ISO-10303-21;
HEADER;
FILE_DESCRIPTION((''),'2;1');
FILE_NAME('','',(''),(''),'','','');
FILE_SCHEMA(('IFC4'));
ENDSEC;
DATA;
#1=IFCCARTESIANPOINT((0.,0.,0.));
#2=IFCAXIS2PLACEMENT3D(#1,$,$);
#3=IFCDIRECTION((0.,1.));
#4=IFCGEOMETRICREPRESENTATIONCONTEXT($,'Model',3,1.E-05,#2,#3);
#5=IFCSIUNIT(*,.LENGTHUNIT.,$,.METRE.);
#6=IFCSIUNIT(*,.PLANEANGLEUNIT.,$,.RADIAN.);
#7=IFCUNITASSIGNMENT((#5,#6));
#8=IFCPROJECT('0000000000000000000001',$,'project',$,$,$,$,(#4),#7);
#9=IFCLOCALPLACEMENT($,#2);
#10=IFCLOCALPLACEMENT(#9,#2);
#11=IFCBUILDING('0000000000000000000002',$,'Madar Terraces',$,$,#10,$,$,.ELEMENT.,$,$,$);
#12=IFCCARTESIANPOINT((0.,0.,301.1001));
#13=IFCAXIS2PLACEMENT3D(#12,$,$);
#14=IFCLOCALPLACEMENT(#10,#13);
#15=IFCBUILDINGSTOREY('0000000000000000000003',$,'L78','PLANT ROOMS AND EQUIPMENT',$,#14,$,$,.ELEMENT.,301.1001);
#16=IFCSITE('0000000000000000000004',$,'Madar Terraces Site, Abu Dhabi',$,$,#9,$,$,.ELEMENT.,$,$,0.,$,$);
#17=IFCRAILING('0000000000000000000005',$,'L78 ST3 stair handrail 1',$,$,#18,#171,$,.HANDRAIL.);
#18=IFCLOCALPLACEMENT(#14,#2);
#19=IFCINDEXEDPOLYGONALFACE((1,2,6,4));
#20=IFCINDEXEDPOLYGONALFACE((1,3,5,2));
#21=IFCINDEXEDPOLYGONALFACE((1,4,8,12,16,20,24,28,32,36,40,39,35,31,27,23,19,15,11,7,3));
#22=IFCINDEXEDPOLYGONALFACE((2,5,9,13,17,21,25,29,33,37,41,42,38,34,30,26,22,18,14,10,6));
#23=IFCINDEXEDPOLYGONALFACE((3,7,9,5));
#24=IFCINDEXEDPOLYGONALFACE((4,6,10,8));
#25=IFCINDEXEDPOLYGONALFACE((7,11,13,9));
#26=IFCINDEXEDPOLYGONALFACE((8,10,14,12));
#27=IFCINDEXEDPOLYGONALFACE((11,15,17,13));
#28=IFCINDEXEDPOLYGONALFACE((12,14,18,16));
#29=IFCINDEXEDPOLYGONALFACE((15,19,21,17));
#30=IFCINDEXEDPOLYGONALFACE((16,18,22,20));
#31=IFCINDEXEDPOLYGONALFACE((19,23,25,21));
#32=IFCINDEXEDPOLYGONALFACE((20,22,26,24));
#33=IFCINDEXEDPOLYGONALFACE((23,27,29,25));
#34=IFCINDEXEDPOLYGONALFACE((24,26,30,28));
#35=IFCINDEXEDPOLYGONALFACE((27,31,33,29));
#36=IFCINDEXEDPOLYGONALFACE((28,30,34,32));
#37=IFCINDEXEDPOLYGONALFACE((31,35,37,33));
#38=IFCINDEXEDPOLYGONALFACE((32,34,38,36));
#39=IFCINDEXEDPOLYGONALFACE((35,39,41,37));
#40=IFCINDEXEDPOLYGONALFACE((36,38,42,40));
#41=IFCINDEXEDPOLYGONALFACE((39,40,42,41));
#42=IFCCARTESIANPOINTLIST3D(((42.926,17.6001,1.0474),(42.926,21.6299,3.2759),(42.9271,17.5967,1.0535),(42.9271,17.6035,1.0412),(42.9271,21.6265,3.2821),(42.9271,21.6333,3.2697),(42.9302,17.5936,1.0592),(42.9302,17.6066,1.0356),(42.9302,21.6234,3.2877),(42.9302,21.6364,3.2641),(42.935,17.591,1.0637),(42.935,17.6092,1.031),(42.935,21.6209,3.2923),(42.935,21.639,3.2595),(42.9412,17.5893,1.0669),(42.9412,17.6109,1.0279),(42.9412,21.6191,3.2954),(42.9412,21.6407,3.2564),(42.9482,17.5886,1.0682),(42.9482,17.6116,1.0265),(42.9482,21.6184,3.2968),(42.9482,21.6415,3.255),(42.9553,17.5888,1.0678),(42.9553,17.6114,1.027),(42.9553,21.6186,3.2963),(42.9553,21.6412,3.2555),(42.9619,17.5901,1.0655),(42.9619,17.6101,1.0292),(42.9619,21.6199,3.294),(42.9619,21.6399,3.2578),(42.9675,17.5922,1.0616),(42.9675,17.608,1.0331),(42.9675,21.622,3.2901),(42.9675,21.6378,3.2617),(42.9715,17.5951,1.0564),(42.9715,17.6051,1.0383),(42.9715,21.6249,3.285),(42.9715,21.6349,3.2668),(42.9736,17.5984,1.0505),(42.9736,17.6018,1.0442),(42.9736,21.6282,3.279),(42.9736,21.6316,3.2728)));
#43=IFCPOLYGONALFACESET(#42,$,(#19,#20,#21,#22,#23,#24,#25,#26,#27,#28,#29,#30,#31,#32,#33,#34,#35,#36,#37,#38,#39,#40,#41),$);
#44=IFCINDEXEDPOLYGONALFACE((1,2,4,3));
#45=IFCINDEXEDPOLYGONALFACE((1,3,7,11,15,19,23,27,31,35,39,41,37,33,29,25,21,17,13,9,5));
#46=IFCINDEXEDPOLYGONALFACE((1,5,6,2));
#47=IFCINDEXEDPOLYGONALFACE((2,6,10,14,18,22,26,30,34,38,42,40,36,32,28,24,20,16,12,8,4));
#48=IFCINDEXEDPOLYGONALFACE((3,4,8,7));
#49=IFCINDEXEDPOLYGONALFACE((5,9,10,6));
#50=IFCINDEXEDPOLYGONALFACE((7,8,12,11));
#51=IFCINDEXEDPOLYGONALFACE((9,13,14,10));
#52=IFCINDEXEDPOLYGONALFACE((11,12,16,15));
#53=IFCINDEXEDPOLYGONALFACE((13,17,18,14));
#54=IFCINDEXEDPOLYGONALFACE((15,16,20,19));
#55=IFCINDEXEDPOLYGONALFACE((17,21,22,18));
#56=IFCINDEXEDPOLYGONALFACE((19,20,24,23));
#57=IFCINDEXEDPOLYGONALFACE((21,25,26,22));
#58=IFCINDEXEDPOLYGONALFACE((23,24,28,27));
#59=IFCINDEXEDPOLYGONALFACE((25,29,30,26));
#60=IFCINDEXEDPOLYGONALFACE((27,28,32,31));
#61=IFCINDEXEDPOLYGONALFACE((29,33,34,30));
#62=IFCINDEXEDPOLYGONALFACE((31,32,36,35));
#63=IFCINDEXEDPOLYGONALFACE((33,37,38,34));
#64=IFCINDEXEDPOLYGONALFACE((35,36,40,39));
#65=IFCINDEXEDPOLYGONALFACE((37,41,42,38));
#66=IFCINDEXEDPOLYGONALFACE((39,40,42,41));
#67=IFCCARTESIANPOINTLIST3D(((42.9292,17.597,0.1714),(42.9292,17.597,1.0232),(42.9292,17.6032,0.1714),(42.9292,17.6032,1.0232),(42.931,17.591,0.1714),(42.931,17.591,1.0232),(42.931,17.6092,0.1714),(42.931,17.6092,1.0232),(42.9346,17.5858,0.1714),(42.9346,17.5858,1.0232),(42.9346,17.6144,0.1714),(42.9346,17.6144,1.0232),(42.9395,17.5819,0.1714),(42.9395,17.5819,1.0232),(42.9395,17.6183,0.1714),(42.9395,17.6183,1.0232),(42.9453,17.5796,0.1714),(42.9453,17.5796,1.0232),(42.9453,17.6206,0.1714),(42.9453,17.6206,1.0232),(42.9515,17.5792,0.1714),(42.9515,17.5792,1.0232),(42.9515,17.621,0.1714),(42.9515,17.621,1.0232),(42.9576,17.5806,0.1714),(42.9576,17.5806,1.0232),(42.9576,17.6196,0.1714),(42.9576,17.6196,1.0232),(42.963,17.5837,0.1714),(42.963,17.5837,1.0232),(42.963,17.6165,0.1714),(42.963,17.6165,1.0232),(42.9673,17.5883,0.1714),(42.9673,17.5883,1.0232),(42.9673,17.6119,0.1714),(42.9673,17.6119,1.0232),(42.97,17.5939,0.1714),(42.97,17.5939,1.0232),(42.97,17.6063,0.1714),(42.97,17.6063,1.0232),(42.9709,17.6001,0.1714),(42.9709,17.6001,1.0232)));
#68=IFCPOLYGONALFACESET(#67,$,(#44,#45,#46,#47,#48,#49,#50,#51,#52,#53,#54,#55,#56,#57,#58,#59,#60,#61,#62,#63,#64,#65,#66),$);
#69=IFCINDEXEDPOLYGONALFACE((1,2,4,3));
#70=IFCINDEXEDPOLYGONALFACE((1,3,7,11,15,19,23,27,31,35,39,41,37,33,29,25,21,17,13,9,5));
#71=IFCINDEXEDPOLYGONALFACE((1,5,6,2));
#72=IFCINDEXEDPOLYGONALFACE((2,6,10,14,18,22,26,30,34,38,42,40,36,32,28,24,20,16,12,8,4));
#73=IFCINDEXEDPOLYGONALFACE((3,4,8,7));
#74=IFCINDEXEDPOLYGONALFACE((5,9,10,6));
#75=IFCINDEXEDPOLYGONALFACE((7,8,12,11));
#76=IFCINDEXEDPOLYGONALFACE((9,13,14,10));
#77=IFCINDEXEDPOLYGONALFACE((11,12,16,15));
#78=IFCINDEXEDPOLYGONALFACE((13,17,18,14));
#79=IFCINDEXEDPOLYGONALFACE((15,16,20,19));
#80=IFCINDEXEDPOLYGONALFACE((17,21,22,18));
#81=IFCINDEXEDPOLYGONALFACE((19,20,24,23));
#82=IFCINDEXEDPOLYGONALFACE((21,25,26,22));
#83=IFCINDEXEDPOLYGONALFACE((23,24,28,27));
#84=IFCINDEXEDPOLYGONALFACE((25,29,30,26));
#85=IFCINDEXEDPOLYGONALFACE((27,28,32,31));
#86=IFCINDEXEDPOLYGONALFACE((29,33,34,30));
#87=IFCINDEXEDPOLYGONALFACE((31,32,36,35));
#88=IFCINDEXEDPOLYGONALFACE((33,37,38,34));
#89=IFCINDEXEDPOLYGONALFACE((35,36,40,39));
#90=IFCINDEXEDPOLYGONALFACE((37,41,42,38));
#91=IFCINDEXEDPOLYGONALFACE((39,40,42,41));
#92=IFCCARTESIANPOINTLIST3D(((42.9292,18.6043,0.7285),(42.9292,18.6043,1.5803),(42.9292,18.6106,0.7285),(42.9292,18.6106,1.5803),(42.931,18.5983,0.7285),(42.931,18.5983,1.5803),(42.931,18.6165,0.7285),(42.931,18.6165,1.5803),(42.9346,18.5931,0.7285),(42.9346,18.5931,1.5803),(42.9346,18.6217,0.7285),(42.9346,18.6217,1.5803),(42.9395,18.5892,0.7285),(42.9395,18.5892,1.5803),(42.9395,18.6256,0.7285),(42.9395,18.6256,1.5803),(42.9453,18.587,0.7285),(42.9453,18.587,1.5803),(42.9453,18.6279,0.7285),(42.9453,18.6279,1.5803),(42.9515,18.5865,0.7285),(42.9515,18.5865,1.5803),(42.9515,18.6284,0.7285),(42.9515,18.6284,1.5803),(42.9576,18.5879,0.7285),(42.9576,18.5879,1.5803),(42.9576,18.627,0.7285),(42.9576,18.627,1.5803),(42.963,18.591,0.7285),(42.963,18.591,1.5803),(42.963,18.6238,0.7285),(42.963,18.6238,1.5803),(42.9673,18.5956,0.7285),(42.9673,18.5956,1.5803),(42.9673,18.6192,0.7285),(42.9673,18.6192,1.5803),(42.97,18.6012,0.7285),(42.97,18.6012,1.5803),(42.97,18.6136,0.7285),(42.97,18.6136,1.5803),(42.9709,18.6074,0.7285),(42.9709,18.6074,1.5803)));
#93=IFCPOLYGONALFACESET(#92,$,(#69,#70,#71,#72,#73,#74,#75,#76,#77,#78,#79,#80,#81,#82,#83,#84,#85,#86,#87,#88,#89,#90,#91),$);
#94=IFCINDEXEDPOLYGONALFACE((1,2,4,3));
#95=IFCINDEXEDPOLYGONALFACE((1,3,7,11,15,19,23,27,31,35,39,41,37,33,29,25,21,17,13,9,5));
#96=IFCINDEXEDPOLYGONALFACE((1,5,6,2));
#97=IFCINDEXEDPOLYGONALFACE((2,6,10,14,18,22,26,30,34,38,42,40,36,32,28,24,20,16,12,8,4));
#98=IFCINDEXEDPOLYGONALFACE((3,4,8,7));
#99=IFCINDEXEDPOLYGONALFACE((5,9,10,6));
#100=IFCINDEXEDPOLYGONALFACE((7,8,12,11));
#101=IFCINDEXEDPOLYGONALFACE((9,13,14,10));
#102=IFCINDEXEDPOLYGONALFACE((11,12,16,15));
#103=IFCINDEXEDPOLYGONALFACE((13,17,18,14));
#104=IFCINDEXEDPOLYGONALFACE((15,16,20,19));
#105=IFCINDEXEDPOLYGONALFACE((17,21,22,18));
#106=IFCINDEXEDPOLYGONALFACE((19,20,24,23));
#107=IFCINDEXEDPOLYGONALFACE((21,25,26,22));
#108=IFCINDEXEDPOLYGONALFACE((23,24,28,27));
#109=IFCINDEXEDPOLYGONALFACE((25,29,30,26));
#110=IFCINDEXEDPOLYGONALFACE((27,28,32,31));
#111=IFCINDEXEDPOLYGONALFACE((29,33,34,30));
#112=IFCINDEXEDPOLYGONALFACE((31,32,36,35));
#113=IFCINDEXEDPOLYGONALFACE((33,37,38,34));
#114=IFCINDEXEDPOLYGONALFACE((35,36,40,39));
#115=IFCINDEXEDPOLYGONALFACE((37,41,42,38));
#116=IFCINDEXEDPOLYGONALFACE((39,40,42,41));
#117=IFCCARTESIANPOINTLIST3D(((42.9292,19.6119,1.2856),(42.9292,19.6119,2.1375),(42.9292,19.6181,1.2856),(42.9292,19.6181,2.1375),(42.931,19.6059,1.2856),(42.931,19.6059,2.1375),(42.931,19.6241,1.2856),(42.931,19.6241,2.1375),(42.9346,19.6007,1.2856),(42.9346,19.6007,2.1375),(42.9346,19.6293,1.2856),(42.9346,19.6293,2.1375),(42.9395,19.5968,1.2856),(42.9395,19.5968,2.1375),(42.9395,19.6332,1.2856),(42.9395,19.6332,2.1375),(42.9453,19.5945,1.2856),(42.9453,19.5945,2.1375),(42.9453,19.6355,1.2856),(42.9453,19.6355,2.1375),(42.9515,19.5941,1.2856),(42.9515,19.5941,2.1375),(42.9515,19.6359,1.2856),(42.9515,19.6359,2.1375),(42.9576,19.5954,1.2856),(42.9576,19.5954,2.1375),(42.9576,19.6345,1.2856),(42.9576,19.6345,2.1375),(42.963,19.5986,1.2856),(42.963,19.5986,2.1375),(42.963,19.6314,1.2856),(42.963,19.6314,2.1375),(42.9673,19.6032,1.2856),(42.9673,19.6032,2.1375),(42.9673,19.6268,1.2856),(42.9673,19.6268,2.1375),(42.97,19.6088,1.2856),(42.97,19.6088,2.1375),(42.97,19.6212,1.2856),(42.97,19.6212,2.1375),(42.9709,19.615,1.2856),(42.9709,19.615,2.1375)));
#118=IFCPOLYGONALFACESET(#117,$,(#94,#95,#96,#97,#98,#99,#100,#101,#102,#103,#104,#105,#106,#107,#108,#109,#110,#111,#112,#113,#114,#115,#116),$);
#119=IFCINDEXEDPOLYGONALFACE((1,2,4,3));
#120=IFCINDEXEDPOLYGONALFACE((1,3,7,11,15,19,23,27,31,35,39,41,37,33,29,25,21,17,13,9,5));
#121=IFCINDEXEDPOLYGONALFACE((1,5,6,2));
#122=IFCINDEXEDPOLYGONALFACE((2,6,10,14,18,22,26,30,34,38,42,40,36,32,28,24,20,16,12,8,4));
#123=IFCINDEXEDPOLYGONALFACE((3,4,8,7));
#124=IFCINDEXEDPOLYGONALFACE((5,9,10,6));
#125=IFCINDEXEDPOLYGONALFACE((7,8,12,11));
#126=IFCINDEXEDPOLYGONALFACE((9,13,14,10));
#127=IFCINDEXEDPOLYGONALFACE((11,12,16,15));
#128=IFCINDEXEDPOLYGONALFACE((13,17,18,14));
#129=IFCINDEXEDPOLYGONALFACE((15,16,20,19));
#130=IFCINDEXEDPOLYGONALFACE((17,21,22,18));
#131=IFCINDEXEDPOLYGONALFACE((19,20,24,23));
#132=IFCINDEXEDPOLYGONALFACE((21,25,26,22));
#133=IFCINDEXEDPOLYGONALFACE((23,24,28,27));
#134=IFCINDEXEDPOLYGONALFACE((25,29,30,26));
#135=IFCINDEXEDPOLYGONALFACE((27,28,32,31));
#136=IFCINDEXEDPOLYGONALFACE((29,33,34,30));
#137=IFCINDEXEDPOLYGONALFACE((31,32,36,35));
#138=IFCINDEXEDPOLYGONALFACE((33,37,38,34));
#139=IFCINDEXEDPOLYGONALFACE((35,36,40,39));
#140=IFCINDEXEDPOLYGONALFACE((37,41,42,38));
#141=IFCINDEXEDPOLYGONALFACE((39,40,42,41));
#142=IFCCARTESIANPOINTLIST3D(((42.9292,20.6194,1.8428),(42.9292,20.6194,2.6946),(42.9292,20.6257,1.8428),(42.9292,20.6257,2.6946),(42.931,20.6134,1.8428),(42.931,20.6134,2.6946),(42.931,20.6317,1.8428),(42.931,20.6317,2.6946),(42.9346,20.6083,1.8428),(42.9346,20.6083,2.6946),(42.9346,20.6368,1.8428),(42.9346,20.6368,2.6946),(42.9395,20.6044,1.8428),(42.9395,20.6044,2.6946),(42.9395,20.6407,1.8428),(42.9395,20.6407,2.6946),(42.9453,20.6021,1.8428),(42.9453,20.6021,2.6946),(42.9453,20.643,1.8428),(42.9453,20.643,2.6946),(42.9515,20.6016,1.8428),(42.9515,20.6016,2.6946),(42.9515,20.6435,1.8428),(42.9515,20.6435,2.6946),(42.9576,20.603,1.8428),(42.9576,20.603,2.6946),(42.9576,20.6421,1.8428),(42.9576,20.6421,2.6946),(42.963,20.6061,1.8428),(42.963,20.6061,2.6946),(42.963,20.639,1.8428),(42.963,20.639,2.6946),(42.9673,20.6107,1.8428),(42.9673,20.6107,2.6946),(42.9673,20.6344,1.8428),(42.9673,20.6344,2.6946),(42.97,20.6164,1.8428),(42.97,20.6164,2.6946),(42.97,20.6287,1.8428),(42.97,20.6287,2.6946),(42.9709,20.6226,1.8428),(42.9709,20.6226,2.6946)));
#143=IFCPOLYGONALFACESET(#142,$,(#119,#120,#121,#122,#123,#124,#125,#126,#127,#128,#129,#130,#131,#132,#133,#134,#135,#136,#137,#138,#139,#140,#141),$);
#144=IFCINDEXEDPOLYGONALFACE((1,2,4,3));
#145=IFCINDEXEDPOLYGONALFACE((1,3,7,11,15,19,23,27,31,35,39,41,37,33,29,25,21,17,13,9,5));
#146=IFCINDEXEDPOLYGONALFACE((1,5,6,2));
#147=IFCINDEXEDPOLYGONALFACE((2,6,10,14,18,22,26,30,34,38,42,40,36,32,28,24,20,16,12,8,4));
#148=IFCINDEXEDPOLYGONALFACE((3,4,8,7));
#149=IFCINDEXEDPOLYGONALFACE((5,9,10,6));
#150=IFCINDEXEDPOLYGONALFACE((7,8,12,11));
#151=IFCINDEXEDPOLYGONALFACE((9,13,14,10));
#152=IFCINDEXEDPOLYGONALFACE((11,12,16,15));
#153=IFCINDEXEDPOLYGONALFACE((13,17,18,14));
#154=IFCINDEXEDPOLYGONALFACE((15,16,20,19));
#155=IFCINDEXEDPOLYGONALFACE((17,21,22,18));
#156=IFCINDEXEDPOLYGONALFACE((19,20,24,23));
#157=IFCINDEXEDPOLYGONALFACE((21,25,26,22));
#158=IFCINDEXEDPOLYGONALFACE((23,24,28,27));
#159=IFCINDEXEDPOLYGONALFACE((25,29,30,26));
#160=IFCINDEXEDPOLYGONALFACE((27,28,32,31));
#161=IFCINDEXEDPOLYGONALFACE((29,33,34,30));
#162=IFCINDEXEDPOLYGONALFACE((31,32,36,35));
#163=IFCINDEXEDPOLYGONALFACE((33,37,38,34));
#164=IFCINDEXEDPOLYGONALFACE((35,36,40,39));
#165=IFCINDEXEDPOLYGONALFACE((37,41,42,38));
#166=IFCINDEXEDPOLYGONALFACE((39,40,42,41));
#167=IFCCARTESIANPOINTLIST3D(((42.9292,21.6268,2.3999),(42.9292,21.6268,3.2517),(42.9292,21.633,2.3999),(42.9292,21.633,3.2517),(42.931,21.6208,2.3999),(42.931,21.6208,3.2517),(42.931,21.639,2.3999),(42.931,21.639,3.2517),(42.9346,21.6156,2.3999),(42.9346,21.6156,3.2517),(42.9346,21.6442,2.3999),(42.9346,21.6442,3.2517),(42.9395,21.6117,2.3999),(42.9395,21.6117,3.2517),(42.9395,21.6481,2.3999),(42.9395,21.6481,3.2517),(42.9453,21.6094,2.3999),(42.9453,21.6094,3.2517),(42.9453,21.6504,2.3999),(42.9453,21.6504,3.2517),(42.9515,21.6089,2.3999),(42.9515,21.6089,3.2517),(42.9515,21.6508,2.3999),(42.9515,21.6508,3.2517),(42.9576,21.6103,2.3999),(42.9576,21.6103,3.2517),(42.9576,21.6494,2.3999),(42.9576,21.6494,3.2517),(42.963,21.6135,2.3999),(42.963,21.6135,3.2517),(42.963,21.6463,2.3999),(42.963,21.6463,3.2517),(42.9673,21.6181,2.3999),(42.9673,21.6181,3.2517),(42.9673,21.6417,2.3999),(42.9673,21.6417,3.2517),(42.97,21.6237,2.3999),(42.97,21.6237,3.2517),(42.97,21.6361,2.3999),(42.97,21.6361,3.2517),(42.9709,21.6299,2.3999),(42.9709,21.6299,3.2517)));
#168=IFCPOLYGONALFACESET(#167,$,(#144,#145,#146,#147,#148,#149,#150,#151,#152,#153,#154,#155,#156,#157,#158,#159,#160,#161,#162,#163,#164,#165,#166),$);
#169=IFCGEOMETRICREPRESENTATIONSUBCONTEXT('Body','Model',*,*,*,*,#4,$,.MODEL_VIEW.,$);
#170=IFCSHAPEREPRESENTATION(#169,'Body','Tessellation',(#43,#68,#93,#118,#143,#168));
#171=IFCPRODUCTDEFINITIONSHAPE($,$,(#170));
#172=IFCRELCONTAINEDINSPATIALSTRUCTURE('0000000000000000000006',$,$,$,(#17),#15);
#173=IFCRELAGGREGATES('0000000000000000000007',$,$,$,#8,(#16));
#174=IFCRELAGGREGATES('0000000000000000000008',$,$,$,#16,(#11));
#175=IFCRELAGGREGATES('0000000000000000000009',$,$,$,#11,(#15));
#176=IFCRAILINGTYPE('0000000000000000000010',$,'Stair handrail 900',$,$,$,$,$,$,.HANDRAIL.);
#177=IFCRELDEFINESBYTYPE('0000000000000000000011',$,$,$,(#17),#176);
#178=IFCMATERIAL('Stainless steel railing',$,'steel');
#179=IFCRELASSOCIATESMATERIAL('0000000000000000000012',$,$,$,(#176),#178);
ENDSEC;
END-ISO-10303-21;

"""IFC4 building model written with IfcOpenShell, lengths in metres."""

from ifc_helpers import new_model, si_unit, direction, frame, origin, origin_2d, place, context, subcontext, project, spatial, circle, extrude, material, type_object, element, save


model = new_model("IFC4")

# Units and contexts
model_context = context("Model", 3, precision=1e-05, world=origin(), true_north=direction((0.0, 1.0)))
body_context = subcontext(model_context, "Body", "Model", "MODEL_VIEW")
ifc_project = project(units=[si_unit("LENGTHUNIT", "METRE"), si_unit("PLANEANGLEUNIT", "RADIAN")], contexts=[model_context])

# Site, building, storey
site_placement = place(None, origin())
site = spatial("IfcSite", under=ifc_project, at=site_placement, Name="Madar Terraces Site, Abu Dhabi", CompositionType="ELEMENT", RefElevation=0.0)
building_placement = place(site_placement, origin())
building = spatial("IfcBuilding", under=site, at=building_placement, Name="Madar Terraces", CompositionType="ELEMENT")
storey_placement = place(building_placement, frame((0.0, 0.0, 301.1001)))
storey = spatial("IfcBuildingStorey", under=building, at=storey_placement, Name="L78", Description="PLANT ROOMS AND EQUIPMENT", CompositionType="ELEMENT", Elevation=301.1001)

# Railing
ifc_material_1 = material(Name="Stainless steel railing", Category="steel")
railing_type_1 = type_object("IfcRailingType", Name="Stair handrail 900", PredefinedType="HANDRAIL", material=ifc_material_1)
railing_1_placement = place(storey_placement, frame((42.95, 17.6001, 0.1714)))
element("IfcRailing", 1, at=railing_1_placement, inside=storey, type_object=railing_type_1, Name="L78 ST3 stair handrail 1", PredefinedType="HANDRAIL", context=body_context, shape_type="SweptSolid", body=[
    extrude(circle(Radius=0.0239, at=origin_2d()), frame((0.0, 0.0, 0.876), z_axis=(0.0, 0.875101, 0.48394), x_axis=(-1.0, 0.0, 0.0)), (0.0, 0.0, 1.0), 4.605),
    extrude(circle(Radius=0.021, at=origin_2d()), origin(), (0.0, 0.0, 1.0), 0.8518),
    extrude(circle(Radius=0.021, at=origin_2d()), frame((0.0, 1.0073, 0.5571)), (0.0, 0.0, 1.0), 0.8518),
    extrude(circle(Radius=0.021, at=origin_2d()), frame((0.0, 2.0149, 1.1143)), (0.0, 0.0, 1.0), 0.8518),
    extrude(circle(Radius=0.021, at=origin_2d()), frame((0.0, 3.0225, 1.6714)), (0.0, 0.0, 1.0), 0.8518),
    extrude(circle(Radius=0.021, at=origin_2d()), frame((0.0, 4.0298, 2.2285)), (0.0, 0.0, 1.0), 0.8518),
])

save(model, "model.ifc")
